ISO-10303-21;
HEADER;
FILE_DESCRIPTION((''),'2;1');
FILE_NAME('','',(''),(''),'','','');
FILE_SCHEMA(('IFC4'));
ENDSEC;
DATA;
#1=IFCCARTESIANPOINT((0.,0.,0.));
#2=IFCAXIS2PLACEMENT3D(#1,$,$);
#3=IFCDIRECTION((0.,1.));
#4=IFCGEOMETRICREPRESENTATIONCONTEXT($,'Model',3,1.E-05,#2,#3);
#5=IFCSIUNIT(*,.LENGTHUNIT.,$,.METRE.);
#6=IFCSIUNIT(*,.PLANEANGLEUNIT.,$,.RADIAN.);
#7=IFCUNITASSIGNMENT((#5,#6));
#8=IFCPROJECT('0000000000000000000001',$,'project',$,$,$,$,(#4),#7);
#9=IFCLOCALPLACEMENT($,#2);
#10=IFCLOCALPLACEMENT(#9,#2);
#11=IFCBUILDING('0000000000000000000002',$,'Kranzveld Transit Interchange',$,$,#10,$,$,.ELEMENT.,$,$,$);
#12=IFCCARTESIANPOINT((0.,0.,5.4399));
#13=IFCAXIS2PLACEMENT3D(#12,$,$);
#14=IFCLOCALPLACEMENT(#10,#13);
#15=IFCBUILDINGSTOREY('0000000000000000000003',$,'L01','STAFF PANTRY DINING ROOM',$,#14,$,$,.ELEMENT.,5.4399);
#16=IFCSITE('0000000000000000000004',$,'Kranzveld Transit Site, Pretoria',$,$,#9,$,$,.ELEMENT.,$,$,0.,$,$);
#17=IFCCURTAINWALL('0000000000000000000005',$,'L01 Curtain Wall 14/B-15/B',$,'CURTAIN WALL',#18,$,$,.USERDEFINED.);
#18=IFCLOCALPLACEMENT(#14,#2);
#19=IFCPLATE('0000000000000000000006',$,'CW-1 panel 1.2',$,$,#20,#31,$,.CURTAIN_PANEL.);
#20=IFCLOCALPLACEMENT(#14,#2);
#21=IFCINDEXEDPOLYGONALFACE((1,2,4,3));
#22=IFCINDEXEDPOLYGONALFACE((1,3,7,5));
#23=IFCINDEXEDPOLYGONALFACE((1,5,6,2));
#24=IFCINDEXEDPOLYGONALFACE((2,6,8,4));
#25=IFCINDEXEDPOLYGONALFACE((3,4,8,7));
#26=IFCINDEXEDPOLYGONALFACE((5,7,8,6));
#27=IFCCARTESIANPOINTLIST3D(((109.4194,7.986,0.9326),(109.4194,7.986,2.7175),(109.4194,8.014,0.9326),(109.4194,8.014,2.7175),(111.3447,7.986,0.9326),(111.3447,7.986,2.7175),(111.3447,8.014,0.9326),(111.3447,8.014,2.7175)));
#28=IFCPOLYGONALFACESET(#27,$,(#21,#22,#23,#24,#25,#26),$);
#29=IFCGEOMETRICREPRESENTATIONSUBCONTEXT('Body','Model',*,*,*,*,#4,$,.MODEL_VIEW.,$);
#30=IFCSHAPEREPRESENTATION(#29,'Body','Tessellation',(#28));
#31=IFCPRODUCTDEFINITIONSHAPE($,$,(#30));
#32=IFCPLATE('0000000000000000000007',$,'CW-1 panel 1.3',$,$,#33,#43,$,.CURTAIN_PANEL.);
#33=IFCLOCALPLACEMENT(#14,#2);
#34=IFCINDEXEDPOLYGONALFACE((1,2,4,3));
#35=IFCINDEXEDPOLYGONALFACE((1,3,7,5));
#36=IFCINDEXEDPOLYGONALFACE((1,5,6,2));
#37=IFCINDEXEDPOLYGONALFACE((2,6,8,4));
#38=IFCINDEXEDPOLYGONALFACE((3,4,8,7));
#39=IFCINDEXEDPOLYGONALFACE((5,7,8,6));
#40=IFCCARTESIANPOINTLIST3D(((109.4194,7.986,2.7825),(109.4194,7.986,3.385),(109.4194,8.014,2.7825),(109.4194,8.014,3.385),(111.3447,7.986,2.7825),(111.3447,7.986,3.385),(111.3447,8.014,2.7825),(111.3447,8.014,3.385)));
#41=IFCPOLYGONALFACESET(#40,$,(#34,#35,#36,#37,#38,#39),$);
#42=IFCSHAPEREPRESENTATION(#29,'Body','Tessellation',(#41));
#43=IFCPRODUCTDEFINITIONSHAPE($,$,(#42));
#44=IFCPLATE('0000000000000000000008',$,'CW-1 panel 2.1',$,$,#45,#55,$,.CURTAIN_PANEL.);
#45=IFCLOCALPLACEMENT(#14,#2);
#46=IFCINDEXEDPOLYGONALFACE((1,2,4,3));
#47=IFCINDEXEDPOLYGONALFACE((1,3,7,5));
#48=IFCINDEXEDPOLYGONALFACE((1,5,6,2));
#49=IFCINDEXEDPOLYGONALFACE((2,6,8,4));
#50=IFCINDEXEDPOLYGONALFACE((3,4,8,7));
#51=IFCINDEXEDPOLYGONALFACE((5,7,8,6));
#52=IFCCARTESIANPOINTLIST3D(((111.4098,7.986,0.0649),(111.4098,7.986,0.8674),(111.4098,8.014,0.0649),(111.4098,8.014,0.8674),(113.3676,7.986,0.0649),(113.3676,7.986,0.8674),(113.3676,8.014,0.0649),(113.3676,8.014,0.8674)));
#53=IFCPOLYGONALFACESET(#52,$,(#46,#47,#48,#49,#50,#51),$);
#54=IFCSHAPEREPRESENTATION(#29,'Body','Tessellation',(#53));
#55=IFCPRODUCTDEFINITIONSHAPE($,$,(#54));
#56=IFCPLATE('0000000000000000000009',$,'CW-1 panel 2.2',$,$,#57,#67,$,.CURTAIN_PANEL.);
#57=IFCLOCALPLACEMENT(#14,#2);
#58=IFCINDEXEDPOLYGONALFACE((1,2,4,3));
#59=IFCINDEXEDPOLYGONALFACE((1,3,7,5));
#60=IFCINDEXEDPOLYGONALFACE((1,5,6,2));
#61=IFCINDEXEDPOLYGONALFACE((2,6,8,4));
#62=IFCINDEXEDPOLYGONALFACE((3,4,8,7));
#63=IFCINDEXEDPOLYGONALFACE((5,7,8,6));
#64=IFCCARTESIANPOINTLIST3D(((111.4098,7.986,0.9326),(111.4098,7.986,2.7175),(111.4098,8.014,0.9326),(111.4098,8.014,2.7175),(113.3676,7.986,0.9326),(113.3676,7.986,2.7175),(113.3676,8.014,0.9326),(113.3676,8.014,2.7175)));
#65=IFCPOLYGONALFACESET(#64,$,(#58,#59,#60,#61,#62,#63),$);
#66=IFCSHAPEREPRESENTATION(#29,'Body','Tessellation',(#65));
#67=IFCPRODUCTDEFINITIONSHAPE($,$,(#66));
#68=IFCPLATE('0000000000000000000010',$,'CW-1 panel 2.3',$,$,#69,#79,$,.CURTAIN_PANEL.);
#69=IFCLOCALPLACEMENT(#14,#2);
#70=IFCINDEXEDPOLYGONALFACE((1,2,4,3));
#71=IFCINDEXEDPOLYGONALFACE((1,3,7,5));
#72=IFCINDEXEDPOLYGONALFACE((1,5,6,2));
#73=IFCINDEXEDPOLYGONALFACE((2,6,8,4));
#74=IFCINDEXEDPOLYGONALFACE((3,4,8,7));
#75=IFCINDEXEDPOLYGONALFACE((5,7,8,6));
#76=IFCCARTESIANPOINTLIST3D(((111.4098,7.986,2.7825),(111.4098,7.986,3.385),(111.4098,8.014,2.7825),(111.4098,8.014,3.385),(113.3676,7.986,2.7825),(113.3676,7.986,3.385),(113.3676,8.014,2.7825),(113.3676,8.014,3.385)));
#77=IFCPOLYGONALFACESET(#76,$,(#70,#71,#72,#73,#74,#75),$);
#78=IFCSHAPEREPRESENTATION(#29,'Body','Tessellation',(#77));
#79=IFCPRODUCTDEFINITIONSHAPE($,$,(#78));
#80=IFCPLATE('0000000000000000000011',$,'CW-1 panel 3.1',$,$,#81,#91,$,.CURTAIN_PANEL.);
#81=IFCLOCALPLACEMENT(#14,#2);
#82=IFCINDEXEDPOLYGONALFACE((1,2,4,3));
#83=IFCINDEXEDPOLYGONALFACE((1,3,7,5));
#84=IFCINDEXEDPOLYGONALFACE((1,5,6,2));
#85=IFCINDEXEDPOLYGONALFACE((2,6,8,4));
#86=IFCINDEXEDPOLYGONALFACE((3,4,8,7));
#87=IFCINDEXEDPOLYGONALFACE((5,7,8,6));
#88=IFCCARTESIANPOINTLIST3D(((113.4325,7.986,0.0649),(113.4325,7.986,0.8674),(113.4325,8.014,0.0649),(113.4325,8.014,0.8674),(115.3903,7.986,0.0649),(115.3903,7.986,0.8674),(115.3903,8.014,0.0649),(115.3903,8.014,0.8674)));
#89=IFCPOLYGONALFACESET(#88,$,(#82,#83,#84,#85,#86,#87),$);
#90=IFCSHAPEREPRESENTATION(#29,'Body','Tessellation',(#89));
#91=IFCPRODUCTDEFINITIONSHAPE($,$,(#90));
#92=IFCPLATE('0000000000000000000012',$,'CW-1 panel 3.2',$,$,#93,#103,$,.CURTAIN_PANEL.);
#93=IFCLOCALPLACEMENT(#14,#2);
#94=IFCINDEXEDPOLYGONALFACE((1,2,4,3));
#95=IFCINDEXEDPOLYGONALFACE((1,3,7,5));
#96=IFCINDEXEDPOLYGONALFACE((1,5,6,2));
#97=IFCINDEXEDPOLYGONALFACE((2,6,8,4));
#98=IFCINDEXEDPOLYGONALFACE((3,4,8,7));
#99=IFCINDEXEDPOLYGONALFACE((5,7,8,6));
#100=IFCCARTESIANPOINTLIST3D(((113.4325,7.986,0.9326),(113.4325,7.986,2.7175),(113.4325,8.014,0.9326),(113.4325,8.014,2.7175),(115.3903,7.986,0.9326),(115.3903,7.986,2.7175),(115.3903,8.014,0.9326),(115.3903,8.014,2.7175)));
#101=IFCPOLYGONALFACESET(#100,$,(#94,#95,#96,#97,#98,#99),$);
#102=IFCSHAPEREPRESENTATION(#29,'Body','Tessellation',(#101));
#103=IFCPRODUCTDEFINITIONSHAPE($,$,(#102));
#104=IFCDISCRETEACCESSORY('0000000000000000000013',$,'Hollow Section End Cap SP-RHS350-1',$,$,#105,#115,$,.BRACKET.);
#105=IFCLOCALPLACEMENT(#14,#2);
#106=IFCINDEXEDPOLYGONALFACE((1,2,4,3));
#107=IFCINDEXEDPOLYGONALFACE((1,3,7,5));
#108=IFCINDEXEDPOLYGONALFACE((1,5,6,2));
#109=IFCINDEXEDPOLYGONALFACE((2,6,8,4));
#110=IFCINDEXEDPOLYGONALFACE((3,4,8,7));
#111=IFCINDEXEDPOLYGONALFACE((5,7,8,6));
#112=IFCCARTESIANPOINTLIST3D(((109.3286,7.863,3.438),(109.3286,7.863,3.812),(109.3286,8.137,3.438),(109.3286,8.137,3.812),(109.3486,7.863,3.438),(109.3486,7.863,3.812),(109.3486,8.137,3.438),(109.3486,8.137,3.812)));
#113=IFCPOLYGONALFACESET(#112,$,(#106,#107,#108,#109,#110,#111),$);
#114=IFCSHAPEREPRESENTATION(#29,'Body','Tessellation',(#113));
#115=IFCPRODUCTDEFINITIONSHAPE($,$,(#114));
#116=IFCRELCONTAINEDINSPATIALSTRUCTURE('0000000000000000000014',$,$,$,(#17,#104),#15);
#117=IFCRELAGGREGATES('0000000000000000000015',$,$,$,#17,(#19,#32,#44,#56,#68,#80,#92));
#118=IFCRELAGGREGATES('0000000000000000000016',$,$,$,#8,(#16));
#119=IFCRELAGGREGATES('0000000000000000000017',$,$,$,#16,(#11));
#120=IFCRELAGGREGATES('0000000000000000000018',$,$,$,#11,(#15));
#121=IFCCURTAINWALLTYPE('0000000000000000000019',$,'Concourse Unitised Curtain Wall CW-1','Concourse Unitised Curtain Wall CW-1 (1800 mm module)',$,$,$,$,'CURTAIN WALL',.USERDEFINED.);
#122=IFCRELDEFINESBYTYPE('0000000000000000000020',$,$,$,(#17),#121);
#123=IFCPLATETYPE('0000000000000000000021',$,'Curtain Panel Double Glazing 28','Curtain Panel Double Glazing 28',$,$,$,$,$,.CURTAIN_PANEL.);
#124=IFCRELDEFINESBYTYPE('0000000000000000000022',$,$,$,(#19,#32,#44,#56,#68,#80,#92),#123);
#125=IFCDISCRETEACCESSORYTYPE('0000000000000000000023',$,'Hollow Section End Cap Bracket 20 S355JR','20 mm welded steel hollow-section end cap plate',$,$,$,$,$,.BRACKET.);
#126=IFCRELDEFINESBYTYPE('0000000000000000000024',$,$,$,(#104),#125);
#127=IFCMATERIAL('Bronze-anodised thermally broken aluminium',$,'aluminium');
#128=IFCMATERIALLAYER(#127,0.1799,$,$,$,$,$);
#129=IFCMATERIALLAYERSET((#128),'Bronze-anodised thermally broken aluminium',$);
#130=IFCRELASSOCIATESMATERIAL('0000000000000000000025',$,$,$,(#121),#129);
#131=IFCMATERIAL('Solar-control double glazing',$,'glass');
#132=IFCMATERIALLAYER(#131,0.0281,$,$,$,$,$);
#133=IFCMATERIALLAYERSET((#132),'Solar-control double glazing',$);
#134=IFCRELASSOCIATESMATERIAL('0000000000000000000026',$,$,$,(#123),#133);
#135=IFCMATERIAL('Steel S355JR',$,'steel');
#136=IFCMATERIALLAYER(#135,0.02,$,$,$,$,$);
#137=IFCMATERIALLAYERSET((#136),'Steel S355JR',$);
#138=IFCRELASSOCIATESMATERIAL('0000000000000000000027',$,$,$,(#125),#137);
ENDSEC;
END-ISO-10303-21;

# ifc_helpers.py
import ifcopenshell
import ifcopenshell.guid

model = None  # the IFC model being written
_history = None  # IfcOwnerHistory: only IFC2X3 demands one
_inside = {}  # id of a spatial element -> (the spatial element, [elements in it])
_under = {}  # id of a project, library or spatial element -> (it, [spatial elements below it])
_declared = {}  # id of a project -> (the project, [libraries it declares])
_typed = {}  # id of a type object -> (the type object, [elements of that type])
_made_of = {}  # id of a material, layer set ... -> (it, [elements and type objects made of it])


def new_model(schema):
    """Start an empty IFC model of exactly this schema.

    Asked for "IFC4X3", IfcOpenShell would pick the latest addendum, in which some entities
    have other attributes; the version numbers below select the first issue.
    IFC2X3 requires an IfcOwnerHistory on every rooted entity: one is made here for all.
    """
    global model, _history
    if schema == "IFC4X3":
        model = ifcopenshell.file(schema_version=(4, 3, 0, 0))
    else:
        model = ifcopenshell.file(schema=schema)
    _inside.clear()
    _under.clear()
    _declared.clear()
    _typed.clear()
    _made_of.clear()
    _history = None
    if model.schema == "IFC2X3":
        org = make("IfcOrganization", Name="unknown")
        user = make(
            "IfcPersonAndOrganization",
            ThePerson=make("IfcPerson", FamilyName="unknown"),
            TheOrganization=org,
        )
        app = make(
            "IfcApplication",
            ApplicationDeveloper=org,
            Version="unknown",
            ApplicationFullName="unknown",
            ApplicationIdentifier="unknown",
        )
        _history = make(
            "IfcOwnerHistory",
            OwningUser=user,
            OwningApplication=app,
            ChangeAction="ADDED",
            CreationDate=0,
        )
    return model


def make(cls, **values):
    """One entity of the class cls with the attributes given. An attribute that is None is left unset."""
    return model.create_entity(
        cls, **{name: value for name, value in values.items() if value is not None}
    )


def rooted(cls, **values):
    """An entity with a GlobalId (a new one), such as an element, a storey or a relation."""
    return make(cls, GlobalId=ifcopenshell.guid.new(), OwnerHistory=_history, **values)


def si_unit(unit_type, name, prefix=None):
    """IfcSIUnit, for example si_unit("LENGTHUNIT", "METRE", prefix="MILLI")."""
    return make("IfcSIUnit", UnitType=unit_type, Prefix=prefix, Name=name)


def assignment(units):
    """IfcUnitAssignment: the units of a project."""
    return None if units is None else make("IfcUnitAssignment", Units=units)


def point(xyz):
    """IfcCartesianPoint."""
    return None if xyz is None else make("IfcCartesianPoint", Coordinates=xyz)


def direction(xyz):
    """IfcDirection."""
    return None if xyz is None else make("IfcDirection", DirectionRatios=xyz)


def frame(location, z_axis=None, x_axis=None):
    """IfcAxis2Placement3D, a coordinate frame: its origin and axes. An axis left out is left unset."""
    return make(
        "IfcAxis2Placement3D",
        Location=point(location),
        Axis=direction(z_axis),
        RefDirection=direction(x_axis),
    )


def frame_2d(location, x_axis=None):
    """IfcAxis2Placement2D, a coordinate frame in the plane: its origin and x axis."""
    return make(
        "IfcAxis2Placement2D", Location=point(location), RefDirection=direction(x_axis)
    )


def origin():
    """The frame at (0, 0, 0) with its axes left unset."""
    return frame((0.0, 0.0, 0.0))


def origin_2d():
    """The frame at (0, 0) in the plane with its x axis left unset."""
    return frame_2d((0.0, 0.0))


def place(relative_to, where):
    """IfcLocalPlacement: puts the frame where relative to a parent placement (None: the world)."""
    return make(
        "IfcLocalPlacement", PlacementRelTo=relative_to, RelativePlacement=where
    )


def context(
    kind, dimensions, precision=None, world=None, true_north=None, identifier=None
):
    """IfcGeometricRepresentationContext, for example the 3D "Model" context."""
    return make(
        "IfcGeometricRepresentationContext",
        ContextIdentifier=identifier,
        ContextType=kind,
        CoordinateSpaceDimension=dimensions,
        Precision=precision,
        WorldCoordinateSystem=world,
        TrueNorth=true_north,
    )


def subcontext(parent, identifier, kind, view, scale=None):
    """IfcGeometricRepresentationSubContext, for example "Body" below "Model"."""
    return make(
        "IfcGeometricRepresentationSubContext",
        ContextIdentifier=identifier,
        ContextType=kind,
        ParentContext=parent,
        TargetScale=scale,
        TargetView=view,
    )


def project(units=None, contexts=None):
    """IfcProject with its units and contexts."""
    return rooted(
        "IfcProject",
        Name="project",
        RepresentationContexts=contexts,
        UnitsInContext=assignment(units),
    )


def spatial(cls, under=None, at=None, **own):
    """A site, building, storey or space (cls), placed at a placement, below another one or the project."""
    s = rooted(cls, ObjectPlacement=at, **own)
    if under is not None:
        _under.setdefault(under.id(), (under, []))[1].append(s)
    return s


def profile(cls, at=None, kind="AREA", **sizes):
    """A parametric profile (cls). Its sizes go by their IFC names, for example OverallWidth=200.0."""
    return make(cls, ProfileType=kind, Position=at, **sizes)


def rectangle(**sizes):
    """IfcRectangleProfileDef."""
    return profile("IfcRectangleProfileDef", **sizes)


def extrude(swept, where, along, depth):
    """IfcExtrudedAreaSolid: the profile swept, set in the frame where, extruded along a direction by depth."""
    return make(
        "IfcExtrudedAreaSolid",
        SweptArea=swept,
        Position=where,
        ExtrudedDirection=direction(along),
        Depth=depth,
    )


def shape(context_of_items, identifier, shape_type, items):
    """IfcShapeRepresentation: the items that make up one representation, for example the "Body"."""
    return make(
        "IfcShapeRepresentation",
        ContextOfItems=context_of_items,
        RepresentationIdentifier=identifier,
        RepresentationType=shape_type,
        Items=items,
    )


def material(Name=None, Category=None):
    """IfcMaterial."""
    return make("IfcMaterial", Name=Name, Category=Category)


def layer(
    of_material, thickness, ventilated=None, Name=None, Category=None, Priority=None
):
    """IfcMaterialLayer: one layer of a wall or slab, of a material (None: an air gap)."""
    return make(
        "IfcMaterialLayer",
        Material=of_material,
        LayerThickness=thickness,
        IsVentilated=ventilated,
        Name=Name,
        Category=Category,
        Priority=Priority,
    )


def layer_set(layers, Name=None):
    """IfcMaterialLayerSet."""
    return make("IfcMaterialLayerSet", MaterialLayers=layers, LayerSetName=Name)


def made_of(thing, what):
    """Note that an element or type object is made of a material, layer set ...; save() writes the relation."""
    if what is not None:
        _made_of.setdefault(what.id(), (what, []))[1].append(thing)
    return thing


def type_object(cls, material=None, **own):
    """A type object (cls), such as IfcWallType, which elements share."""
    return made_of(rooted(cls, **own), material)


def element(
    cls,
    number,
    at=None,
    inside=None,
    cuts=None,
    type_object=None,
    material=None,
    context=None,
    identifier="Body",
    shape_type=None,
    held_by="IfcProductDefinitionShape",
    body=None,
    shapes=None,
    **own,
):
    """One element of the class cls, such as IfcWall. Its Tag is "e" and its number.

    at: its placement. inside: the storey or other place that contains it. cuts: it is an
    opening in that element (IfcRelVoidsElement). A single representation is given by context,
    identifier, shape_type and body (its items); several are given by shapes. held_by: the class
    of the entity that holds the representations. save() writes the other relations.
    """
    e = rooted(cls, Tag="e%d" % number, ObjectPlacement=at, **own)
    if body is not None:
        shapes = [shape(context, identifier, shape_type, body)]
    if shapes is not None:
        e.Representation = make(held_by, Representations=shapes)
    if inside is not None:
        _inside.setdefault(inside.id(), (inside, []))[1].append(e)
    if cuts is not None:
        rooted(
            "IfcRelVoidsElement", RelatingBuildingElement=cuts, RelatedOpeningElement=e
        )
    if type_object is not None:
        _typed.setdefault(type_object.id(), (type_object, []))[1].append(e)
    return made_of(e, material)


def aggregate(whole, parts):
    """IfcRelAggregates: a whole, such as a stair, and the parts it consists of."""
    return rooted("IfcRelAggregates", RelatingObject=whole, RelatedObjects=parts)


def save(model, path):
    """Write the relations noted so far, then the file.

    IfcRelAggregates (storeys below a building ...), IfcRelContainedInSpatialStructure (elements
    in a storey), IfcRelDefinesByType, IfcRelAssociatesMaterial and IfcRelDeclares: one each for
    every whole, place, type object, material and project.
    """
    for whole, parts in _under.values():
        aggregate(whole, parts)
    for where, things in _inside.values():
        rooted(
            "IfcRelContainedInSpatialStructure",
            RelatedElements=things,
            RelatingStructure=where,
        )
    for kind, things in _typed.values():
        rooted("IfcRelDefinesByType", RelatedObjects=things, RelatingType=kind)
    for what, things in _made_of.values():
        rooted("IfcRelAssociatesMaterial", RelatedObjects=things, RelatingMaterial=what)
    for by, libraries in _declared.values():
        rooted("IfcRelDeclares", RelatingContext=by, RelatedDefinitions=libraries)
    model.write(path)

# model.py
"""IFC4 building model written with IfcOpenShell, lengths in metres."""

from ifc_helpers import new_model, si_unit, direction, frame, origin, origin_2d, place, context, subcontext, project, spatial, rectangle, extrude, material, layer, layer_set, type_object, element, aggregate, save


model = new_model("IFC4")

# Units and contexts
model_context = context("Model", 3, precision=1e-05, world=origin(), true_north=direction((0.0, 1.0)))
body_context = subcontext(model_context, "Body", "Model", "MODEL_VIEW")
ifc_project = project(units=[si_unit("LENGTHUNIT", "METRE"), si_unit("PLANEANGLEUNIT", "RADIAN")], contexts=[model_context])

# Site, building, storey
site_placement = place(None, origin())
site = spatial("IfcSite", under=ifc_project, at=site_placement, Name="Kranzveld Transit Site, Pretoria", CompositionType="ELEMENT", RefElevation=0.0)
building_placement = place(site_placement, origin())
building = spatial("IfcBuilding", under=site, at=building_placement, Name="Kranzveld Transit Interchange", CompositionType="ELEMENT")
storey_placement = place(building_placement, frame((0.0, 0.0, 5.4399)))
storey = spatial("IfcBuildingStorey", under=building, at=storey_placement, Name="L01", Description="STAFF PANTRY DINING ROOM", CompositionType="ELEMENT", Elevation=5.4399)

# Curtain wall
ifc_material_1 = material(Name="Bronze-anodised thermally broken aluminium", Category="aluminium")
ifc_layer_1 = layer(ifc_material_1, 0.1799)
ifc_layer_set_1 = layer_set([ifc_layer_1], Name="Bronze-anodised thermally broken aluminium")
curtain_wall_type = type_object("IfcCurtainWallType", Name="Concourse Unitised Curtain Wall CW-1", Description="Concourse Unitised Curtain Wall CW-1 (1800 mm module)", ElementType="CURTAIN WALL", PredefinedType="USERDEFINED", material=ifc_layer_set_1)
curtain_wall_placement = place(storey_placement, origin())
curtain_wall = element("IfcCurtainWall", 1, at=curtain_wall_placement, inside=storey, type_object=curtain_wall_type, Name="L01 Curtain Wall 14/B-15/B", ObjectType="CURTAIN WALL", PredefinedType="USERDEFINED")

# Plates
ifc_material_2 = material(Name="Solar-control double glazing", Category="glass")
ifc_layer_2 = layer(ifc_material_2, 0.0281)
ifc_layer_set_2 = layer_set([ifc_layer_2], Name="Solar-control double glazing")
plate_type = type_object("IfcPlateType", Name="Curtain Panel Double Glazing 28", Description="Curtain Panel Double Glazing 28", PredefinedType="CURTAIN_PANEL", material=ifc_layer_set_2)
plate_1_placement = place(storey_placement, frame((110.3821, 8.0, 0.9326), z_axis=(0.0, 0.0, 1.0), x_axis=(1.0, 0.0, 0.0)))
plate_1 = element("IfcPlate", 2, at=plate_1_placement, type_object=plate_type, Name="CW-1 panel 1.2", PredefinedType="CURTAIN_PANEL", context=body_context, shape_type="SweptSolid", body=[
    extrude(rectangle(XDim=1.9253, YDim=0.0281, at=origin_2d()), origin(), (0.0, 0.0, 1.0), 1.7849),
])
plate_2_placement = place(storey_placement, frame((110.3821, 8.0, 2.7825), z_axis=(0.0, 0.0, 1.0), x_axis=(1.0, 0.0, 0.0)))
plate_2 = element("IfcPlate", 3, at=plate_2_placement, type_object=plate_type, Name="CW-1 panel 1.3", PredefinedType="CURTAIN_PANEL", context=body_context, shape_type="SweptSolid", body=[
    extrude(rectangle(XDim=1.9253, YDim=0.0281, at=origin_2d()), origin(), (0.0, 0.0, 1.0), 0.6025),
])
plate_3_placement = place(storey_placement, frame((112.3887, 8.0, 0.0649), z_axis=(0.0, 0.0, 1.0), x_axis=(1.0, 0.0, 0.0)))
plate_3 = element("IfcPlate", 4, at=plate_3_placement, type_object=plate_type, Name="CW-1 panel 2.1", PredefinedType="CURTAIN_PANEL", context=body_context, shape_type="SweptSolid", body=[
    extrude(rectangle(XDim=1.9578, YDim=0.0281, at=origin_2d()), origin(), (0.0, 0.0, 1.0), 0.8025),
])
plate_4_placement = place(storey_placement, frame((112.3887, 8.0, 0.9326), z_axis=(0.0, 0.0, 1.0), x_axis=(1.0, 0.0, 0.0)))
plate_4 = element("IfcPlate", 5, at=plate_4_placement, type_object=plate_type, Name="CW-1 panel 2.2", PredefinedType="CURTAIN_PANEL", context=body_context, shape_type="SweptSolid", body=[
    extrude(rectangle(XDim=1.9578, YDim=0.0281, at=origin_2d()), origin(), (0.0, 0.0, 1.0), 1.7849),
])
plate_5_placement = place(storey_placement, frame((112.3887, 8.0, 2.7825), z_axis=(0.0, 0.0, 1.0), x_axis=(1.0, 0.0, 0.0)))
plate_5 = element("IfcPlate", 6, at=plate_5_placement, type_object=plate_type, Name="CW-1 panel 2.3", PredefinedType="CURTAIN_PANEL", context=body_context, shape_type="SweptSolid", body=[
    extrude(rectangle(XDim=1.9578, YDim=0.0281, at=origin_2d()), origin(), (0.0, 0.0, 1.0), 0.6025),
])
plate_6_placement = place(storey_placement, frame((114.4114, 8.0, 0.0649), z_axis=(0.0, 0.0, 1.0), x_axis=(1.0, 0.0, 0.0)))
plate_6 = element("IfcPlate", 7, at=plate_6_placement, type_object=plate_type, Name="CW-1 panel 3.1", PredefinedType="CURTAIN_PANEL", context=body_context, shape_type="SweptSolid", body=[
    extrude(rectangle(XDim=1.9578, YDim=0.0281, at=origin_2d()), origin(), (0.0, 0.0, 1.0), 0.8025),
])
plate_7_placement = place(storey_placement, frame((114.4114, 8.0, 0.9326), z_axis=(0.0, 0.0, 1.0), x_axis=(1.0, 0.0, 0.0)))
plate_7 = element("IfcPlate", 8, at=plate_7_placement, type_object=plate_type, Name="CW-1 panel 3.2", PredefinedType="CURTAIN_PANEL", context=body_context, shape_type="SweptSolid", body=[
    extrude(rectangle(XDim=1.9578, YDim=0.0281, at=origin_2d()), origin(), (0.0, 0.0, 1.0), 1.7849),
])
aggregate(curtain_wall, [plate_1, plate_2, plate_3, plate_4, plate_5, plate_6, plate_7])

# Discrete accessory
ifc_material_3 = material(Name="Steel S355JR", Category="steel")
ifc_layer_3 = layer(ifc_material_3, 0.02)
ifc_layer_set_3 = layer_set([ifc_layer_3], Name="Steel S355JR")
discrete_accessory_type = type_object("IfcDiscreteAccessoryType", Name="Hollow Section End Cap Bracket 20 S355JR", Description="20 mm welded steel hollow-section end cap plate", PredefinedType="BRACKET", material=ifc_layer_set_3)
discrete_accessory_placement = place(storey_placement, frame((109.3486, 8.0, 3.625), z_axis=(-1.0, 0.0, 0.0), x_axis=(0.0, -1.0, 0.0)))
element("IfcDiscreteAccessory", 9, at=discrete_accessory_placement, inside=storey, type_object=discrete_accessory_type, Name="Hollow Section End Cap SP-RHS350-1", PredefinedType="BRACKET", context=body_context, shape_type="SweptSolid", body=[
    extrude(rectangle(XDim=0.2739, YDim=0.374, at=origin_2d()), origin(), (0.0, 0.0, 1.0), 0.02),
])

save(model, "model.ifc")
